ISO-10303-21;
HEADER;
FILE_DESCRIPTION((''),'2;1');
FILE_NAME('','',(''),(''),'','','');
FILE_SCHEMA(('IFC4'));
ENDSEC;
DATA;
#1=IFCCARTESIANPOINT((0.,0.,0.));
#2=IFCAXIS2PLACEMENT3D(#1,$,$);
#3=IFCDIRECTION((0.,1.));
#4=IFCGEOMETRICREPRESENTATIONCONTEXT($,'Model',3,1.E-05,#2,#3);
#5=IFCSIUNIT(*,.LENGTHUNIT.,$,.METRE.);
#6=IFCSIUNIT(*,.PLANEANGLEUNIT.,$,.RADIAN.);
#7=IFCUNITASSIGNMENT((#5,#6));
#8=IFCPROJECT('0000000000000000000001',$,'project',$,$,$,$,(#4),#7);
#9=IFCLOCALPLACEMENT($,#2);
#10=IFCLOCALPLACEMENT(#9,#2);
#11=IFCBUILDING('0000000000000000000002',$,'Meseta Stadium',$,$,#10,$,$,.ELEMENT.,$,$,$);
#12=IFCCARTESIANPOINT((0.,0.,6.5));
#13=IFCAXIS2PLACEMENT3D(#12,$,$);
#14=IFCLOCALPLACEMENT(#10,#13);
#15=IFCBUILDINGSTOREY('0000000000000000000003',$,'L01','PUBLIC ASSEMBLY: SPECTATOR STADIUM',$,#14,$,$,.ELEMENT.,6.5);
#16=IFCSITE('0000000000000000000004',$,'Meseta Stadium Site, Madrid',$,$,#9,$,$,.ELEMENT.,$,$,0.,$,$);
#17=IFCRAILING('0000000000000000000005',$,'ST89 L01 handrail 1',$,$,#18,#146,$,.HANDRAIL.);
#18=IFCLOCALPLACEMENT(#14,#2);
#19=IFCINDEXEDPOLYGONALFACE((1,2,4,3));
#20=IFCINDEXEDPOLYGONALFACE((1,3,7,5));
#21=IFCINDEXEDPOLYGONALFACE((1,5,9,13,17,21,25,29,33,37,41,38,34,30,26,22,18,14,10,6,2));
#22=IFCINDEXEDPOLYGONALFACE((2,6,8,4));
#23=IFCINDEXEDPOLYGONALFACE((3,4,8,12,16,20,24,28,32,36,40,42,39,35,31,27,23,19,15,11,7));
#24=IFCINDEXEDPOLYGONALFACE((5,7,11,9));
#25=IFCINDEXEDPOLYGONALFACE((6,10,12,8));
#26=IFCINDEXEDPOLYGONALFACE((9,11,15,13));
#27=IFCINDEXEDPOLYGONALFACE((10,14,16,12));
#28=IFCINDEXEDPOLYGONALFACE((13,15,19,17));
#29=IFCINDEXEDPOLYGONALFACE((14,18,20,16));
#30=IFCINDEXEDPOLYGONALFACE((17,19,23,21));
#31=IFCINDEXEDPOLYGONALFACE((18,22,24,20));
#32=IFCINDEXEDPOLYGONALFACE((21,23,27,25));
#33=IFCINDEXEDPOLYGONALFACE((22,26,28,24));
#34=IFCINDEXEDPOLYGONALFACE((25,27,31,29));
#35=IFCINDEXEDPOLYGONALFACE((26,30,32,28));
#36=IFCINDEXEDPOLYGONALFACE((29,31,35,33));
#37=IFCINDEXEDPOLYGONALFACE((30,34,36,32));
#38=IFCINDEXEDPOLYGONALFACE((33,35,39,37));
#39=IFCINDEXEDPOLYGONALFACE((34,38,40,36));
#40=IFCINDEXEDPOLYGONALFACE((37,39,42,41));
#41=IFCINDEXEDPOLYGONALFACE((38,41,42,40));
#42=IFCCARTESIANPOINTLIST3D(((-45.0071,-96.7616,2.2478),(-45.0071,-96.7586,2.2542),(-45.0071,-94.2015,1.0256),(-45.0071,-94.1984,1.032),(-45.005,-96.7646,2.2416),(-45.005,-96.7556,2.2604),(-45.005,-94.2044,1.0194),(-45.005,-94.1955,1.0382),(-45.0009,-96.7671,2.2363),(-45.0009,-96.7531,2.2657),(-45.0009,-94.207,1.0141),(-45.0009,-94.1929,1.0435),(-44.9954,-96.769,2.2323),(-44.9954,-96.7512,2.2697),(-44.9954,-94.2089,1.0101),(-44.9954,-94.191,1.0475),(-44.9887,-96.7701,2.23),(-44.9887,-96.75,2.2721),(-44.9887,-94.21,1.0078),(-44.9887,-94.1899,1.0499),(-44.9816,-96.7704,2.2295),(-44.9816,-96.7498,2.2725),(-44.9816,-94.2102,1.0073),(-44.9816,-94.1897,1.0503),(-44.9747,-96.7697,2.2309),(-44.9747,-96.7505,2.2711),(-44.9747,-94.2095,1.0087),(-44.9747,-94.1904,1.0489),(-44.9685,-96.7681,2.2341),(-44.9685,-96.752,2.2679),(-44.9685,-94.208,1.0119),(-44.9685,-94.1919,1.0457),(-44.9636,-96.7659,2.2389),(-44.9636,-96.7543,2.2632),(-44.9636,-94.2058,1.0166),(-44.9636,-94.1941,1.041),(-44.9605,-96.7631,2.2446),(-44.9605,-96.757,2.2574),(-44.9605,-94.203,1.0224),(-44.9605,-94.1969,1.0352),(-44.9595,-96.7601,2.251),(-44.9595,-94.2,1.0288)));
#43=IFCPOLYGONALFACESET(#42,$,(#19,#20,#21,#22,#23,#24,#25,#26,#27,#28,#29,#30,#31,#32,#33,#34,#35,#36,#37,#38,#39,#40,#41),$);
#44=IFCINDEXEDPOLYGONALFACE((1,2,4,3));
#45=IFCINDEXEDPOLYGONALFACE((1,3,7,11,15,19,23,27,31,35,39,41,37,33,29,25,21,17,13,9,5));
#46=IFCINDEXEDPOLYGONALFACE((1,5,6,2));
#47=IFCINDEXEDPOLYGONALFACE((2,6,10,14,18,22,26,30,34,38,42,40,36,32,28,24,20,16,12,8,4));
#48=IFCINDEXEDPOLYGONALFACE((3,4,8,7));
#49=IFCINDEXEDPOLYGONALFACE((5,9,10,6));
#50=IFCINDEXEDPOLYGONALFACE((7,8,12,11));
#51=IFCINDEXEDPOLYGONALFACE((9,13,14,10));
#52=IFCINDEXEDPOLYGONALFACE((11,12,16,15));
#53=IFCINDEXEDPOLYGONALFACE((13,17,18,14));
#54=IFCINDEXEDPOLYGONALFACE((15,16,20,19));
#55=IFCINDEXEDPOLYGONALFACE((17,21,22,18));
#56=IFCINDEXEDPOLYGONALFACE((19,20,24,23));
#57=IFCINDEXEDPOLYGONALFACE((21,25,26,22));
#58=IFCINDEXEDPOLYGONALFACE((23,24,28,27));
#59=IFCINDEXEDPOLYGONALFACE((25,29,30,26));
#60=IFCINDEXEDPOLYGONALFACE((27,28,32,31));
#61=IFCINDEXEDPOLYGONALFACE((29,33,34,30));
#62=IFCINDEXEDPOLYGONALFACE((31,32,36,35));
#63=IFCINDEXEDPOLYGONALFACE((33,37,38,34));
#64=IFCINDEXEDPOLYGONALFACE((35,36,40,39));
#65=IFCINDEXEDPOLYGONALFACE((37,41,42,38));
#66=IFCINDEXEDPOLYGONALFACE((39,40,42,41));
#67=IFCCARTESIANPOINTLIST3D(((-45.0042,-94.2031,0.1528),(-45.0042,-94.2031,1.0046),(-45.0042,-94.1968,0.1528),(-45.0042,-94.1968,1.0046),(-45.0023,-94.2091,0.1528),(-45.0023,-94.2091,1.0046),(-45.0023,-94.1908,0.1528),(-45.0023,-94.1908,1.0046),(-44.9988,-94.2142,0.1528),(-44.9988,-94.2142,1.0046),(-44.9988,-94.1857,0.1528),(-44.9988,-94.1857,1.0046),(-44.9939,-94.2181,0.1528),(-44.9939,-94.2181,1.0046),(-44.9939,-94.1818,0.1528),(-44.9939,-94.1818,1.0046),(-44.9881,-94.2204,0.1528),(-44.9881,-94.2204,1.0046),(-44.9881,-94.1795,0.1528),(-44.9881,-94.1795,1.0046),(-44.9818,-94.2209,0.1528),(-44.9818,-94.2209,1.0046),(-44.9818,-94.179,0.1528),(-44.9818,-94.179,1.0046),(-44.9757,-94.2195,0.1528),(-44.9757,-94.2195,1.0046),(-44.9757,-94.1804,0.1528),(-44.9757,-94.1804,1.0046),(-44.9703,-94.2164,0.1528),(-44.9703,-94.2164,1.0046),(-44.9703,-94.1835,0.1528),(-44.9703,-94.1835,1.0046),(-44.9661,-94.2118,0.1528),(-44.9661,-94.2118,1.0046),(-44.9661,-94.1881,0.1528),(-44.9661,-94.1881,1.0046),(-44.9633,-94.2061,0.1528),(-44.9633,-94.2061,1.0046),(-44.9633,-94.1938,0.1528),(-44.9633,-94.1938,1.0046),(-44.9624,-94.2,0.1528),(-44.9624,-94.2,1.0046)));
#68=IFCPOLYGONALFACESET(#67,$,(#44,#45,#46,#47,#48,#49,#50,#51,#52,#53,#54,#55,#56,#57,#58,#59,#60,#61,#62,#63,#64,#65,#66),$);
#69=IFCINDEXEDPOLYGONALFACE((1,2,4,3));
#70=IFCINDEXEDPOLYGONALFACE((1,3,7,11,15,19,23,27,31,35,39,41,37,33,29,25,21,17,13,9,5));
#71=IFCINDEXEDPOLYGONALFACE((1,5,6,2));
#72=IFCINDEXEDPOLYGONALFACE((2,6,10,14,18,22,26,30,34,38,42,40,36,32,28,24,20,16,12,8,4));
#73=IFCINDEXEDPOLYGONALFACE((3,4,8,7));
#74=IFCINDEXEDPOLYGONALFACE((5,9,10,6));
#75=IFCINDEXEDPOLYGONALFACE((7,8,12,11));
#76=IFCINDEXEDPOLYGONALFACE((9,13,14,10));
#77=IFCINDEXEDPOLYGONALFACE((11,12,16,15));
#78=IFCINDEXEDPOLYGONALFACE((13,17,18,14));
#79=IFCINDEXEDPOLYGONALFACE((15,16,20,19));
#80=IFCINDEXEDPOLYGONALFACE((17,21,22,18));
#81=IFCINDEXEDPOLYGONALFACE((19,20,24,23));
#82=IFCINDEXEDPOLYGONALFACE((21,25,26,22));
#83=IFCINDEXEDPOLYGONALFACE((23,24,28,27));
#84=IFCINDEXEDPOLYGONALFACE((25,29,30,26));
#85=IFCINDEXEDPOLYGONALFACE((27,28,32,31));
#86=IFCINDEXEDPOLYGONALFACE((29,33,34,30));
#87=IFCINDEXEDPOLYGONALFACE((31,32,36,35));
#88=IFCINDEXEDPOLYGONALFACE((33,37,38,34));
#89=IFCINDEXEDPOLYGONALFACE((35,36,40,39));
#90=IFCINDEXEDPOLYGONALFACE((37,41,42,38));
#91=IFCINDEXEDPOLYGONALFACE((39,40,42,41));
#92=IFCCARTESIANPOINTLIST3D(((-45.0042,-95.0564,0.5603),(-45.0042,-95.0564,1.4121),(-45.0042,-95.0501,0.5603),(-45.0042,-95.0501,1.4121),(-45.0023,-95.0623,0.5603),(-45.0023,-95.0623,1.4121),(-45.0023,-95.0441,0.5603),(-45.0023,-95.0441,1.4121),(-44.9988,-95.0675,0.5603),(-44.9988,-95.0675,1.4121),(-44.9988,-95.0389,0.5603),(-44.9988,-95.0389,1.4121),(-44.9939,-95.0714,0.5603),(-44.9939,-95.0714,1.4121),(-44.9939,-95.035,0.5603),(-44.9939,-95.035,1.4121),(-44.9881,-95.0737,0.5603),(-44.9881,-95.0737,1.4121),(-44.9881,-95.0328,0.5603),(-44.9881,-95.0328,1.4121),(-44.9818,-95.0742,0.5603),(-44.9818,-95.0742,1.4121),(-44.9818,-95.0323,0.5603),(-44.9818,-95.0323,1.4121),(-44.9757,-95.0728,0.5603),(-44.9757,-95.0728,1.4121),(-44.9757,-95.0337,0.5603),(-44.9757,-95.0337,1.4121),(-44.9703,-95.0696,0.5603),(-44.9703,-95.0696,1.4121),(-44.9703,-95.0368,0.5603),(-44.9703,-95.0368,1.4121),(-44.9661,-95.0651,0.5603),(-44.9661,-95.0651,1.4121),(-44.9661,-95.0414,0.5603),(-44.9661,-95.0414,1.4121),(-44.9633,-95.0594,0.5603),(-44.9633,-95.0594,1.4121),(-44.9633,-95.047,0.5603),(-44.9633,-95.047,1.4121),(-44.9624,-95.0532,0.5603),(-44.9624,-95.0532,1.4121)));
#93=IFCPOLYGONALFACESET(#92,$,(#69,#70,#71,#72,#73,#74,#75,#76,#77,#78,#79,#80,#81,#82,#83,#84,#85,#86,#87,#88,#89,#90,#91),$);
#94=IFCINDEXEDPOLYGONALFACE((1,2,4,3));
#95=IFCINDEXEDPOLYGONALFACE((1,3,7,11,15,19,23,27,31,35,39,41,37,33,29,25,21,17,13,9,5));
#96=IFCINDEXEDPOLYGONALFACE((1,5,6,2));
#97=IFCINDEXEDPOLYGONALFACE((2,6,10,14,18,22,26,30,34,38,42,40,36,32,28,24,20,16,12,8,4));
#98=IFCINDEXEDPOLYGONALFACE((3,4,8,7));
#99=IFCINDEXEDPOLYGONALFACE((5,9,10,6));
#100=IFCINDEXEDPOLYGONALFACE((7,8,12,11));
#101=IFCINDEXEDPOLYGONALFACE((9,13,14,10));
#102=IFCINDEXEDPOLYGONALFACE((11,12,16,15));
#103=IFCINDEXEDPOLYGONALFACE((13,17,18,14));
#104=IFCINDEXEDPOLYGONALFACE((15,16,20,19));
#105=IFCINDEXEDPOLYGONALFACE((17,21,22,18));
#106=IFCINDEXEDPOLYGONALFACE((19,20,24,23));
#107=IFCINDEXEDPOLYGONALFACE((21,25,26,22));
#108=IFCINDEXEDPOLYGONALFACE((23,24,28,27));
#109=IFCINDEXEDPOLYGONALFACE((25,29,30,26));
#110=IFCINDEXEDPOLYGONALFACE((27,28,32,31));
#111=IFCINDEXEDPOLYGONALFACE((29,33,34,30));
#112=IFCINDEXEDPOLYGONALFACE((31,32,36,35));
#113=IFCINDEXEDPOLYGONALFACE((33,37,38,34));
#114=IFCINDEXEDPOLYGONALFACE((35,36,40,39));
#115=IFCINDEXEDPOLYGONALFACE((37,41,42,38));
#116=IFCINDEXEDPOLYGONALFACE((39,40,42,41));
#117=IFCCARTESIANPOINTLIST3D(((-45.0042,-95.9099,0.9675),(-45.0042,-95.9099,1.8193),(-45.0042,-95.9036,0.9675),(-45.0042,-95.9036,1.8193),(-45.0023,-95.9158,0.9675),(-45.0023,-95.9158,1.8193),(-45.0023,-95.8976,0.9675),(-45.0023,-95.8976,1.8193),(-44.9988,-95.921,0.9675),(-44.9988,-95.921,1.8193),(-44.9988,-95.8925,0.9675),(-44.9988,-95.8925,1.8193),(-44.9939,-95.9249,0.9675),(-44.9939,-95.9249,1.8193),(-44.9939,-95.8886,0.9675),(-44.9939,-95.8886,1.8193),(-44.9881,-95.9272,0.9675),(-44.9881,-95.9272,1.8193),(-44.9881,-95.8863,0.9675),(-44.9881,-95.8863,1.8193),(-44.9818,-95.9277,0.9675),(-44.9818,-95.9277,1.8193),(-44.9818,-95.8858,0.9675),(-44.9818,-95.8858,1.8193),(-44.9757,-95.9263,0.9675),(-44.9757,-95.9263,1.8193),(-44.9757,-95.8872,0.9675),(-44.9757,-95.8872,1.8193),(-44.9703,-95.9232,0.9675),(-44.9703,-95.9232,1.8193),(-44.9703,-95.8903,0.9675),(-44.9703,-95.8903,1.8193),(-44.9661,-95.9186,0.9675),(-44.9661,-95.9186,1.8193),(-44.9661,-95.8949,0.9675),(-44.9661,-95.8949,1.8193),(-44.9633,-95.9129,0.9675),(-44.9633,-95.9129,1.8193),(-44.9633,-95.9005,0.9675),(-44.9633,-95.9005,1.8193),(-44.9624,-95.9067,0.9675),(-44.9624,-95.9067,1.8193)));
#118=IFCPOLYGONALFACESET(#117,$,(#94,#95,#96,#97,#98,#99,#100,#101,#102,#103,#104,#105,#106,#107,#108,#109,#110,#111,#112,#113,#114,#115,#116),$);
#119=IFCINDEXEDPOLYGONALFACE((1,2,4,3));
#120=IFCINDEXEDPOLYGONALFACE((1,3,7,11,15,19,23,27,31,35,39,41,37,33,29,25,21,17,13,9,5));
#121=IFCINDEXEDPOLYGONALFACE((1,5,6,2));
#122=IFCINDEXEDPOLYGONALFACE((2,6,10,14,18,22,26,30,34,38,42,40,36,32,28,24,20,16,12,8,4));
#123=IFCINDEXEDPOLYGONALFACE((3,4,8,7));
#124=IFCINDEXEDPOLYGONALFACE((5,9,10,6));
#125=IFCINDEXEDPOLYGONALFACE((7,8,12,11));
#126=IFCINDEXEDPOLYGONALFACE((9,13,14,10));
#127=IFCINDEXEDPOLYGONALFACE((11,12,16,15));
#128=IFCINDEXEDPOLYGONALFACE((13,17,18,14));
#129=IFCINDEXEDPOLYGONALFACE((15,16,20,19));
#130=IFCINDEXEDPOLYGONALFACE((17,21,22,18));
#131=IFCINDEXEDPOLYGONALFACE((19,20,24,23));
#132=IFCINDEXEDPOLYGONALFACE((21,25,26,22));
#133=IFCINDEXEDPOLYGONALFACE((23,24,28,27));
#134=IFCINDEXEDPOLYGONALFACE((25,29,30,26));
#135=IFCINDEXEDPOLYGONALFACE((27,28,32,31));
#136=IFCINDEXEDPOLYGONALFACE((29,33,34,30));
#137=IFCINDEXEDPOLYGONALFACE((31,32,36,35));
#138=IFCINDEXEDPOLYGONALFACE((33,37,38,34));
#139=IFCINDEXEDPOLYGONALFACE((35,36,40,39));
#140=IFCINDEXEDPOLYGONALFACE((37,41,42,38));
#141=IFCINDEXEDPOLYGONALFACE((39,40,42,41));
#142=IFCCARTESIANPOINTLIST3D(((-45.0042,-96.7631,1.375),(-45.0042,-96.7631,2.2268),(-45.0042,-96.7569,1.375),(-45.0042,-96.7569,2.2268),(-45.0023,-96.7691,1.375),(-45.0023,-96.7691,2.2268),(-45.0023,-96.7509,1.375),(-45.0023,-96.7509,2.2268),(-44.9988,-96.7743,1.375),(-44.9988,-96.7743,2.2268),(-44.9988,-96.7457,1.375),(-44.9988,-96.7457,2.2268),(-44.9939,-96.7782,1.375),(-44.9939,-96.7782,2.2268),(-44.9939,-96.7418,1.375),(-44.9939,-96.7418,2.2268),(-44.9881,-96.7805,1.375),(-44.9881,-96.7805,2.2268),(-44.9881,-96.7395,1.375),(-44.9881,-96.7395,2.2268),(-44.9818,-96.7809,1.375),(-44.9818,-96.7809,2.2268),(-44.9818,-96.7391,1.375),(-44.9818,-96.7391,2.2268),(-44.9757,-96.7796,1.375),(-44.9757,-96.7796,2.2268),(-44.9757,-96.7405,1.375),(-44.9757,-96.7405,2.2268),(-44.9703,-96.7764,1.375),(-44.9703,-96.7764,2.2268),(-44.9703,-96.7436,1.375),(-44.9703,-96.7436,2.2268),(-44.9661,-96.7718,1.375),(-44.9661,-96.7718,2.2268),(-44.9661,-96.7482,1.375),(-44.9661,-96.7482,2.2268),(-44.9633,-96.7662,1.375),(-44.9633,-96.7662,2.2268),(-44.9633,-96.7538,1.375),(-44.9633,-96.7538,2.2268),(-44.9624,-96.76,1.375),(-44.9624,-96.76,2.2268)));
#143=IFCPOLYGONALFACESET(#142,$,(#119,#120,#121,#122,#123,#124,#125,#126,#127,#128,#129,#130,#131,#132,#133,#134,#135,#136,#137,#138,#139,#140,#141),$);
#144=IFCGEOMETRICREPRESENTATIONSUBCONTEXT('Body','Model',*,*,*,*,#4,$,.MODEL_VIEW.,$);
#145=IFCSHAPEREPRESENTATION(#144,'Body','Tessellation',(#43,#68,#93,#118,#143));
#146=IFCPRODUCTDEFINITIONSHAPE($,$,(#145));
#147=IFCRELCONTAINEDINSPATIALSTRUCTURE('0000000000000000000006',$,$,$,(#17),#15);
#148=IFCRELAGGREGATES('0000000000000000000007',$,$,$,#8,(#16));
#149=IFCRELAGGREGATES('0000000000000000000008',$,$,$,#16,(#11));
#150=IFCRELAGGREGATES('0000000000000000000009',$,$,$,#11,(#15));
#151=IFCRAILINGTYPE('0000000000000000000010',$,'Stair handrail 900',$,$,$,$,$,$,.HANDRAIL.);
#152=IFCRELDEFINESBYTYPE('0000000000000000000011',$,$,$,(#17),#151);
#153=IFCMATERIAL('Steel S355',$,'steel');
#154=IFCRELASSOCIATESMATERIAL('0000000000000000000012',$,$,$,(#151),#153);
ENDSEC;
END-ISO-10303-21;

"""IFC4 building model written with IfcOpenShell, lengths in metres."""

from ifc_helpers import new_model, si_unit, direction, frame, origin, origin_2d, place, context, subcontext, project, spatial, circle, extrude, material, type_object, element, save


model = new_model("IFC4")

# Units and contexts
model_context = context("Model", 3, precision=1e-05, world=origin(), true_north=direction((0.0, 1.0)))
body_context = subcontext(model_context, "Body", "Model", "MODEL_VIEW")
ifc_project = project(units=[si_unit("LENGTHUNIT", "METRE"), si_unit("PLANEANGLEUNIT", "RADIAN")], contexts=[model_context])

# Site, building, storey
site_placement = place(None, origin())
site = spatial("IfcSite", under=ifc_project, at=site_placement, Name="Meseta Stadium Site, Madrid", CompositionType="ELEMENT", RefElevation=0.0)
building_placement = place(site_placement, origin())
building = spatial("IfcBuilding", under=site, at=building_placement, Name="Meseta Stadium", CompositionType="ELEMENT")
storey_placement = place(building_placement, frame((0.0, 0.0, 6.5)))
storey = spatial("IfcBuildingStorey", under=building, at=storey_placement, Name="L01", Description="PUBLIC ASSEMBLY: SPECTATOR STADIUM", CompositionType="ELEMENT", Elevation=6.5)

# Railing
ifc_material_1 = material(Name="Steel S355", Category="steel")
railing_type_1 = type_object("IfcRailingType", Name="Stair handrail 900", PredefinedType="HANDRAIL", material=ifc_material_1)
railing_1_placement = place(storey_placement, frame((-44.9834, -94.2, 0.1528)))
element("IfcRailing", 1, at=railing_1_placement, inside=storey, type_object=railing_type_1, Name="ST89 L01 handrail 1", PredefinedType="HANDRAIL", context=body_context, shape_type="SweptSolid", body=[
    extrude(circle(Radius=0.0239, at=origin_2d()), frame((0.0, 0.0, 0.876), z_axis=(0.0, -0.902437, 0.430822), x_axis=(1.0, 0.0, 0.0)), (0.0, 0.0, 1.0), 2.8369),
    extrude(circle(Radius=0.021, at=origin_2d()), origin(), (0.0, 0.0, 1.0), 0.8518),
    extrude(circle(Radius=0.021, at=origin_2d()), frame((0.0, -0.8533, 0.4075)), (0.0, 0.0, 1.0), 0.8518),
    extrude(circle(Radius=0.021, at=origin_2d()), frame((0.0, -1.7068, 0.8147)), (0.0, 0.0, 1.0), 0.8518),
    extrude(circle(Radius=0.021, at=origin_2d()), frame((0.0, -2.5601, 1.2222)), (0.0, 0.0, 1.0), 0.8518),
])

save(model, "model.ifc")
